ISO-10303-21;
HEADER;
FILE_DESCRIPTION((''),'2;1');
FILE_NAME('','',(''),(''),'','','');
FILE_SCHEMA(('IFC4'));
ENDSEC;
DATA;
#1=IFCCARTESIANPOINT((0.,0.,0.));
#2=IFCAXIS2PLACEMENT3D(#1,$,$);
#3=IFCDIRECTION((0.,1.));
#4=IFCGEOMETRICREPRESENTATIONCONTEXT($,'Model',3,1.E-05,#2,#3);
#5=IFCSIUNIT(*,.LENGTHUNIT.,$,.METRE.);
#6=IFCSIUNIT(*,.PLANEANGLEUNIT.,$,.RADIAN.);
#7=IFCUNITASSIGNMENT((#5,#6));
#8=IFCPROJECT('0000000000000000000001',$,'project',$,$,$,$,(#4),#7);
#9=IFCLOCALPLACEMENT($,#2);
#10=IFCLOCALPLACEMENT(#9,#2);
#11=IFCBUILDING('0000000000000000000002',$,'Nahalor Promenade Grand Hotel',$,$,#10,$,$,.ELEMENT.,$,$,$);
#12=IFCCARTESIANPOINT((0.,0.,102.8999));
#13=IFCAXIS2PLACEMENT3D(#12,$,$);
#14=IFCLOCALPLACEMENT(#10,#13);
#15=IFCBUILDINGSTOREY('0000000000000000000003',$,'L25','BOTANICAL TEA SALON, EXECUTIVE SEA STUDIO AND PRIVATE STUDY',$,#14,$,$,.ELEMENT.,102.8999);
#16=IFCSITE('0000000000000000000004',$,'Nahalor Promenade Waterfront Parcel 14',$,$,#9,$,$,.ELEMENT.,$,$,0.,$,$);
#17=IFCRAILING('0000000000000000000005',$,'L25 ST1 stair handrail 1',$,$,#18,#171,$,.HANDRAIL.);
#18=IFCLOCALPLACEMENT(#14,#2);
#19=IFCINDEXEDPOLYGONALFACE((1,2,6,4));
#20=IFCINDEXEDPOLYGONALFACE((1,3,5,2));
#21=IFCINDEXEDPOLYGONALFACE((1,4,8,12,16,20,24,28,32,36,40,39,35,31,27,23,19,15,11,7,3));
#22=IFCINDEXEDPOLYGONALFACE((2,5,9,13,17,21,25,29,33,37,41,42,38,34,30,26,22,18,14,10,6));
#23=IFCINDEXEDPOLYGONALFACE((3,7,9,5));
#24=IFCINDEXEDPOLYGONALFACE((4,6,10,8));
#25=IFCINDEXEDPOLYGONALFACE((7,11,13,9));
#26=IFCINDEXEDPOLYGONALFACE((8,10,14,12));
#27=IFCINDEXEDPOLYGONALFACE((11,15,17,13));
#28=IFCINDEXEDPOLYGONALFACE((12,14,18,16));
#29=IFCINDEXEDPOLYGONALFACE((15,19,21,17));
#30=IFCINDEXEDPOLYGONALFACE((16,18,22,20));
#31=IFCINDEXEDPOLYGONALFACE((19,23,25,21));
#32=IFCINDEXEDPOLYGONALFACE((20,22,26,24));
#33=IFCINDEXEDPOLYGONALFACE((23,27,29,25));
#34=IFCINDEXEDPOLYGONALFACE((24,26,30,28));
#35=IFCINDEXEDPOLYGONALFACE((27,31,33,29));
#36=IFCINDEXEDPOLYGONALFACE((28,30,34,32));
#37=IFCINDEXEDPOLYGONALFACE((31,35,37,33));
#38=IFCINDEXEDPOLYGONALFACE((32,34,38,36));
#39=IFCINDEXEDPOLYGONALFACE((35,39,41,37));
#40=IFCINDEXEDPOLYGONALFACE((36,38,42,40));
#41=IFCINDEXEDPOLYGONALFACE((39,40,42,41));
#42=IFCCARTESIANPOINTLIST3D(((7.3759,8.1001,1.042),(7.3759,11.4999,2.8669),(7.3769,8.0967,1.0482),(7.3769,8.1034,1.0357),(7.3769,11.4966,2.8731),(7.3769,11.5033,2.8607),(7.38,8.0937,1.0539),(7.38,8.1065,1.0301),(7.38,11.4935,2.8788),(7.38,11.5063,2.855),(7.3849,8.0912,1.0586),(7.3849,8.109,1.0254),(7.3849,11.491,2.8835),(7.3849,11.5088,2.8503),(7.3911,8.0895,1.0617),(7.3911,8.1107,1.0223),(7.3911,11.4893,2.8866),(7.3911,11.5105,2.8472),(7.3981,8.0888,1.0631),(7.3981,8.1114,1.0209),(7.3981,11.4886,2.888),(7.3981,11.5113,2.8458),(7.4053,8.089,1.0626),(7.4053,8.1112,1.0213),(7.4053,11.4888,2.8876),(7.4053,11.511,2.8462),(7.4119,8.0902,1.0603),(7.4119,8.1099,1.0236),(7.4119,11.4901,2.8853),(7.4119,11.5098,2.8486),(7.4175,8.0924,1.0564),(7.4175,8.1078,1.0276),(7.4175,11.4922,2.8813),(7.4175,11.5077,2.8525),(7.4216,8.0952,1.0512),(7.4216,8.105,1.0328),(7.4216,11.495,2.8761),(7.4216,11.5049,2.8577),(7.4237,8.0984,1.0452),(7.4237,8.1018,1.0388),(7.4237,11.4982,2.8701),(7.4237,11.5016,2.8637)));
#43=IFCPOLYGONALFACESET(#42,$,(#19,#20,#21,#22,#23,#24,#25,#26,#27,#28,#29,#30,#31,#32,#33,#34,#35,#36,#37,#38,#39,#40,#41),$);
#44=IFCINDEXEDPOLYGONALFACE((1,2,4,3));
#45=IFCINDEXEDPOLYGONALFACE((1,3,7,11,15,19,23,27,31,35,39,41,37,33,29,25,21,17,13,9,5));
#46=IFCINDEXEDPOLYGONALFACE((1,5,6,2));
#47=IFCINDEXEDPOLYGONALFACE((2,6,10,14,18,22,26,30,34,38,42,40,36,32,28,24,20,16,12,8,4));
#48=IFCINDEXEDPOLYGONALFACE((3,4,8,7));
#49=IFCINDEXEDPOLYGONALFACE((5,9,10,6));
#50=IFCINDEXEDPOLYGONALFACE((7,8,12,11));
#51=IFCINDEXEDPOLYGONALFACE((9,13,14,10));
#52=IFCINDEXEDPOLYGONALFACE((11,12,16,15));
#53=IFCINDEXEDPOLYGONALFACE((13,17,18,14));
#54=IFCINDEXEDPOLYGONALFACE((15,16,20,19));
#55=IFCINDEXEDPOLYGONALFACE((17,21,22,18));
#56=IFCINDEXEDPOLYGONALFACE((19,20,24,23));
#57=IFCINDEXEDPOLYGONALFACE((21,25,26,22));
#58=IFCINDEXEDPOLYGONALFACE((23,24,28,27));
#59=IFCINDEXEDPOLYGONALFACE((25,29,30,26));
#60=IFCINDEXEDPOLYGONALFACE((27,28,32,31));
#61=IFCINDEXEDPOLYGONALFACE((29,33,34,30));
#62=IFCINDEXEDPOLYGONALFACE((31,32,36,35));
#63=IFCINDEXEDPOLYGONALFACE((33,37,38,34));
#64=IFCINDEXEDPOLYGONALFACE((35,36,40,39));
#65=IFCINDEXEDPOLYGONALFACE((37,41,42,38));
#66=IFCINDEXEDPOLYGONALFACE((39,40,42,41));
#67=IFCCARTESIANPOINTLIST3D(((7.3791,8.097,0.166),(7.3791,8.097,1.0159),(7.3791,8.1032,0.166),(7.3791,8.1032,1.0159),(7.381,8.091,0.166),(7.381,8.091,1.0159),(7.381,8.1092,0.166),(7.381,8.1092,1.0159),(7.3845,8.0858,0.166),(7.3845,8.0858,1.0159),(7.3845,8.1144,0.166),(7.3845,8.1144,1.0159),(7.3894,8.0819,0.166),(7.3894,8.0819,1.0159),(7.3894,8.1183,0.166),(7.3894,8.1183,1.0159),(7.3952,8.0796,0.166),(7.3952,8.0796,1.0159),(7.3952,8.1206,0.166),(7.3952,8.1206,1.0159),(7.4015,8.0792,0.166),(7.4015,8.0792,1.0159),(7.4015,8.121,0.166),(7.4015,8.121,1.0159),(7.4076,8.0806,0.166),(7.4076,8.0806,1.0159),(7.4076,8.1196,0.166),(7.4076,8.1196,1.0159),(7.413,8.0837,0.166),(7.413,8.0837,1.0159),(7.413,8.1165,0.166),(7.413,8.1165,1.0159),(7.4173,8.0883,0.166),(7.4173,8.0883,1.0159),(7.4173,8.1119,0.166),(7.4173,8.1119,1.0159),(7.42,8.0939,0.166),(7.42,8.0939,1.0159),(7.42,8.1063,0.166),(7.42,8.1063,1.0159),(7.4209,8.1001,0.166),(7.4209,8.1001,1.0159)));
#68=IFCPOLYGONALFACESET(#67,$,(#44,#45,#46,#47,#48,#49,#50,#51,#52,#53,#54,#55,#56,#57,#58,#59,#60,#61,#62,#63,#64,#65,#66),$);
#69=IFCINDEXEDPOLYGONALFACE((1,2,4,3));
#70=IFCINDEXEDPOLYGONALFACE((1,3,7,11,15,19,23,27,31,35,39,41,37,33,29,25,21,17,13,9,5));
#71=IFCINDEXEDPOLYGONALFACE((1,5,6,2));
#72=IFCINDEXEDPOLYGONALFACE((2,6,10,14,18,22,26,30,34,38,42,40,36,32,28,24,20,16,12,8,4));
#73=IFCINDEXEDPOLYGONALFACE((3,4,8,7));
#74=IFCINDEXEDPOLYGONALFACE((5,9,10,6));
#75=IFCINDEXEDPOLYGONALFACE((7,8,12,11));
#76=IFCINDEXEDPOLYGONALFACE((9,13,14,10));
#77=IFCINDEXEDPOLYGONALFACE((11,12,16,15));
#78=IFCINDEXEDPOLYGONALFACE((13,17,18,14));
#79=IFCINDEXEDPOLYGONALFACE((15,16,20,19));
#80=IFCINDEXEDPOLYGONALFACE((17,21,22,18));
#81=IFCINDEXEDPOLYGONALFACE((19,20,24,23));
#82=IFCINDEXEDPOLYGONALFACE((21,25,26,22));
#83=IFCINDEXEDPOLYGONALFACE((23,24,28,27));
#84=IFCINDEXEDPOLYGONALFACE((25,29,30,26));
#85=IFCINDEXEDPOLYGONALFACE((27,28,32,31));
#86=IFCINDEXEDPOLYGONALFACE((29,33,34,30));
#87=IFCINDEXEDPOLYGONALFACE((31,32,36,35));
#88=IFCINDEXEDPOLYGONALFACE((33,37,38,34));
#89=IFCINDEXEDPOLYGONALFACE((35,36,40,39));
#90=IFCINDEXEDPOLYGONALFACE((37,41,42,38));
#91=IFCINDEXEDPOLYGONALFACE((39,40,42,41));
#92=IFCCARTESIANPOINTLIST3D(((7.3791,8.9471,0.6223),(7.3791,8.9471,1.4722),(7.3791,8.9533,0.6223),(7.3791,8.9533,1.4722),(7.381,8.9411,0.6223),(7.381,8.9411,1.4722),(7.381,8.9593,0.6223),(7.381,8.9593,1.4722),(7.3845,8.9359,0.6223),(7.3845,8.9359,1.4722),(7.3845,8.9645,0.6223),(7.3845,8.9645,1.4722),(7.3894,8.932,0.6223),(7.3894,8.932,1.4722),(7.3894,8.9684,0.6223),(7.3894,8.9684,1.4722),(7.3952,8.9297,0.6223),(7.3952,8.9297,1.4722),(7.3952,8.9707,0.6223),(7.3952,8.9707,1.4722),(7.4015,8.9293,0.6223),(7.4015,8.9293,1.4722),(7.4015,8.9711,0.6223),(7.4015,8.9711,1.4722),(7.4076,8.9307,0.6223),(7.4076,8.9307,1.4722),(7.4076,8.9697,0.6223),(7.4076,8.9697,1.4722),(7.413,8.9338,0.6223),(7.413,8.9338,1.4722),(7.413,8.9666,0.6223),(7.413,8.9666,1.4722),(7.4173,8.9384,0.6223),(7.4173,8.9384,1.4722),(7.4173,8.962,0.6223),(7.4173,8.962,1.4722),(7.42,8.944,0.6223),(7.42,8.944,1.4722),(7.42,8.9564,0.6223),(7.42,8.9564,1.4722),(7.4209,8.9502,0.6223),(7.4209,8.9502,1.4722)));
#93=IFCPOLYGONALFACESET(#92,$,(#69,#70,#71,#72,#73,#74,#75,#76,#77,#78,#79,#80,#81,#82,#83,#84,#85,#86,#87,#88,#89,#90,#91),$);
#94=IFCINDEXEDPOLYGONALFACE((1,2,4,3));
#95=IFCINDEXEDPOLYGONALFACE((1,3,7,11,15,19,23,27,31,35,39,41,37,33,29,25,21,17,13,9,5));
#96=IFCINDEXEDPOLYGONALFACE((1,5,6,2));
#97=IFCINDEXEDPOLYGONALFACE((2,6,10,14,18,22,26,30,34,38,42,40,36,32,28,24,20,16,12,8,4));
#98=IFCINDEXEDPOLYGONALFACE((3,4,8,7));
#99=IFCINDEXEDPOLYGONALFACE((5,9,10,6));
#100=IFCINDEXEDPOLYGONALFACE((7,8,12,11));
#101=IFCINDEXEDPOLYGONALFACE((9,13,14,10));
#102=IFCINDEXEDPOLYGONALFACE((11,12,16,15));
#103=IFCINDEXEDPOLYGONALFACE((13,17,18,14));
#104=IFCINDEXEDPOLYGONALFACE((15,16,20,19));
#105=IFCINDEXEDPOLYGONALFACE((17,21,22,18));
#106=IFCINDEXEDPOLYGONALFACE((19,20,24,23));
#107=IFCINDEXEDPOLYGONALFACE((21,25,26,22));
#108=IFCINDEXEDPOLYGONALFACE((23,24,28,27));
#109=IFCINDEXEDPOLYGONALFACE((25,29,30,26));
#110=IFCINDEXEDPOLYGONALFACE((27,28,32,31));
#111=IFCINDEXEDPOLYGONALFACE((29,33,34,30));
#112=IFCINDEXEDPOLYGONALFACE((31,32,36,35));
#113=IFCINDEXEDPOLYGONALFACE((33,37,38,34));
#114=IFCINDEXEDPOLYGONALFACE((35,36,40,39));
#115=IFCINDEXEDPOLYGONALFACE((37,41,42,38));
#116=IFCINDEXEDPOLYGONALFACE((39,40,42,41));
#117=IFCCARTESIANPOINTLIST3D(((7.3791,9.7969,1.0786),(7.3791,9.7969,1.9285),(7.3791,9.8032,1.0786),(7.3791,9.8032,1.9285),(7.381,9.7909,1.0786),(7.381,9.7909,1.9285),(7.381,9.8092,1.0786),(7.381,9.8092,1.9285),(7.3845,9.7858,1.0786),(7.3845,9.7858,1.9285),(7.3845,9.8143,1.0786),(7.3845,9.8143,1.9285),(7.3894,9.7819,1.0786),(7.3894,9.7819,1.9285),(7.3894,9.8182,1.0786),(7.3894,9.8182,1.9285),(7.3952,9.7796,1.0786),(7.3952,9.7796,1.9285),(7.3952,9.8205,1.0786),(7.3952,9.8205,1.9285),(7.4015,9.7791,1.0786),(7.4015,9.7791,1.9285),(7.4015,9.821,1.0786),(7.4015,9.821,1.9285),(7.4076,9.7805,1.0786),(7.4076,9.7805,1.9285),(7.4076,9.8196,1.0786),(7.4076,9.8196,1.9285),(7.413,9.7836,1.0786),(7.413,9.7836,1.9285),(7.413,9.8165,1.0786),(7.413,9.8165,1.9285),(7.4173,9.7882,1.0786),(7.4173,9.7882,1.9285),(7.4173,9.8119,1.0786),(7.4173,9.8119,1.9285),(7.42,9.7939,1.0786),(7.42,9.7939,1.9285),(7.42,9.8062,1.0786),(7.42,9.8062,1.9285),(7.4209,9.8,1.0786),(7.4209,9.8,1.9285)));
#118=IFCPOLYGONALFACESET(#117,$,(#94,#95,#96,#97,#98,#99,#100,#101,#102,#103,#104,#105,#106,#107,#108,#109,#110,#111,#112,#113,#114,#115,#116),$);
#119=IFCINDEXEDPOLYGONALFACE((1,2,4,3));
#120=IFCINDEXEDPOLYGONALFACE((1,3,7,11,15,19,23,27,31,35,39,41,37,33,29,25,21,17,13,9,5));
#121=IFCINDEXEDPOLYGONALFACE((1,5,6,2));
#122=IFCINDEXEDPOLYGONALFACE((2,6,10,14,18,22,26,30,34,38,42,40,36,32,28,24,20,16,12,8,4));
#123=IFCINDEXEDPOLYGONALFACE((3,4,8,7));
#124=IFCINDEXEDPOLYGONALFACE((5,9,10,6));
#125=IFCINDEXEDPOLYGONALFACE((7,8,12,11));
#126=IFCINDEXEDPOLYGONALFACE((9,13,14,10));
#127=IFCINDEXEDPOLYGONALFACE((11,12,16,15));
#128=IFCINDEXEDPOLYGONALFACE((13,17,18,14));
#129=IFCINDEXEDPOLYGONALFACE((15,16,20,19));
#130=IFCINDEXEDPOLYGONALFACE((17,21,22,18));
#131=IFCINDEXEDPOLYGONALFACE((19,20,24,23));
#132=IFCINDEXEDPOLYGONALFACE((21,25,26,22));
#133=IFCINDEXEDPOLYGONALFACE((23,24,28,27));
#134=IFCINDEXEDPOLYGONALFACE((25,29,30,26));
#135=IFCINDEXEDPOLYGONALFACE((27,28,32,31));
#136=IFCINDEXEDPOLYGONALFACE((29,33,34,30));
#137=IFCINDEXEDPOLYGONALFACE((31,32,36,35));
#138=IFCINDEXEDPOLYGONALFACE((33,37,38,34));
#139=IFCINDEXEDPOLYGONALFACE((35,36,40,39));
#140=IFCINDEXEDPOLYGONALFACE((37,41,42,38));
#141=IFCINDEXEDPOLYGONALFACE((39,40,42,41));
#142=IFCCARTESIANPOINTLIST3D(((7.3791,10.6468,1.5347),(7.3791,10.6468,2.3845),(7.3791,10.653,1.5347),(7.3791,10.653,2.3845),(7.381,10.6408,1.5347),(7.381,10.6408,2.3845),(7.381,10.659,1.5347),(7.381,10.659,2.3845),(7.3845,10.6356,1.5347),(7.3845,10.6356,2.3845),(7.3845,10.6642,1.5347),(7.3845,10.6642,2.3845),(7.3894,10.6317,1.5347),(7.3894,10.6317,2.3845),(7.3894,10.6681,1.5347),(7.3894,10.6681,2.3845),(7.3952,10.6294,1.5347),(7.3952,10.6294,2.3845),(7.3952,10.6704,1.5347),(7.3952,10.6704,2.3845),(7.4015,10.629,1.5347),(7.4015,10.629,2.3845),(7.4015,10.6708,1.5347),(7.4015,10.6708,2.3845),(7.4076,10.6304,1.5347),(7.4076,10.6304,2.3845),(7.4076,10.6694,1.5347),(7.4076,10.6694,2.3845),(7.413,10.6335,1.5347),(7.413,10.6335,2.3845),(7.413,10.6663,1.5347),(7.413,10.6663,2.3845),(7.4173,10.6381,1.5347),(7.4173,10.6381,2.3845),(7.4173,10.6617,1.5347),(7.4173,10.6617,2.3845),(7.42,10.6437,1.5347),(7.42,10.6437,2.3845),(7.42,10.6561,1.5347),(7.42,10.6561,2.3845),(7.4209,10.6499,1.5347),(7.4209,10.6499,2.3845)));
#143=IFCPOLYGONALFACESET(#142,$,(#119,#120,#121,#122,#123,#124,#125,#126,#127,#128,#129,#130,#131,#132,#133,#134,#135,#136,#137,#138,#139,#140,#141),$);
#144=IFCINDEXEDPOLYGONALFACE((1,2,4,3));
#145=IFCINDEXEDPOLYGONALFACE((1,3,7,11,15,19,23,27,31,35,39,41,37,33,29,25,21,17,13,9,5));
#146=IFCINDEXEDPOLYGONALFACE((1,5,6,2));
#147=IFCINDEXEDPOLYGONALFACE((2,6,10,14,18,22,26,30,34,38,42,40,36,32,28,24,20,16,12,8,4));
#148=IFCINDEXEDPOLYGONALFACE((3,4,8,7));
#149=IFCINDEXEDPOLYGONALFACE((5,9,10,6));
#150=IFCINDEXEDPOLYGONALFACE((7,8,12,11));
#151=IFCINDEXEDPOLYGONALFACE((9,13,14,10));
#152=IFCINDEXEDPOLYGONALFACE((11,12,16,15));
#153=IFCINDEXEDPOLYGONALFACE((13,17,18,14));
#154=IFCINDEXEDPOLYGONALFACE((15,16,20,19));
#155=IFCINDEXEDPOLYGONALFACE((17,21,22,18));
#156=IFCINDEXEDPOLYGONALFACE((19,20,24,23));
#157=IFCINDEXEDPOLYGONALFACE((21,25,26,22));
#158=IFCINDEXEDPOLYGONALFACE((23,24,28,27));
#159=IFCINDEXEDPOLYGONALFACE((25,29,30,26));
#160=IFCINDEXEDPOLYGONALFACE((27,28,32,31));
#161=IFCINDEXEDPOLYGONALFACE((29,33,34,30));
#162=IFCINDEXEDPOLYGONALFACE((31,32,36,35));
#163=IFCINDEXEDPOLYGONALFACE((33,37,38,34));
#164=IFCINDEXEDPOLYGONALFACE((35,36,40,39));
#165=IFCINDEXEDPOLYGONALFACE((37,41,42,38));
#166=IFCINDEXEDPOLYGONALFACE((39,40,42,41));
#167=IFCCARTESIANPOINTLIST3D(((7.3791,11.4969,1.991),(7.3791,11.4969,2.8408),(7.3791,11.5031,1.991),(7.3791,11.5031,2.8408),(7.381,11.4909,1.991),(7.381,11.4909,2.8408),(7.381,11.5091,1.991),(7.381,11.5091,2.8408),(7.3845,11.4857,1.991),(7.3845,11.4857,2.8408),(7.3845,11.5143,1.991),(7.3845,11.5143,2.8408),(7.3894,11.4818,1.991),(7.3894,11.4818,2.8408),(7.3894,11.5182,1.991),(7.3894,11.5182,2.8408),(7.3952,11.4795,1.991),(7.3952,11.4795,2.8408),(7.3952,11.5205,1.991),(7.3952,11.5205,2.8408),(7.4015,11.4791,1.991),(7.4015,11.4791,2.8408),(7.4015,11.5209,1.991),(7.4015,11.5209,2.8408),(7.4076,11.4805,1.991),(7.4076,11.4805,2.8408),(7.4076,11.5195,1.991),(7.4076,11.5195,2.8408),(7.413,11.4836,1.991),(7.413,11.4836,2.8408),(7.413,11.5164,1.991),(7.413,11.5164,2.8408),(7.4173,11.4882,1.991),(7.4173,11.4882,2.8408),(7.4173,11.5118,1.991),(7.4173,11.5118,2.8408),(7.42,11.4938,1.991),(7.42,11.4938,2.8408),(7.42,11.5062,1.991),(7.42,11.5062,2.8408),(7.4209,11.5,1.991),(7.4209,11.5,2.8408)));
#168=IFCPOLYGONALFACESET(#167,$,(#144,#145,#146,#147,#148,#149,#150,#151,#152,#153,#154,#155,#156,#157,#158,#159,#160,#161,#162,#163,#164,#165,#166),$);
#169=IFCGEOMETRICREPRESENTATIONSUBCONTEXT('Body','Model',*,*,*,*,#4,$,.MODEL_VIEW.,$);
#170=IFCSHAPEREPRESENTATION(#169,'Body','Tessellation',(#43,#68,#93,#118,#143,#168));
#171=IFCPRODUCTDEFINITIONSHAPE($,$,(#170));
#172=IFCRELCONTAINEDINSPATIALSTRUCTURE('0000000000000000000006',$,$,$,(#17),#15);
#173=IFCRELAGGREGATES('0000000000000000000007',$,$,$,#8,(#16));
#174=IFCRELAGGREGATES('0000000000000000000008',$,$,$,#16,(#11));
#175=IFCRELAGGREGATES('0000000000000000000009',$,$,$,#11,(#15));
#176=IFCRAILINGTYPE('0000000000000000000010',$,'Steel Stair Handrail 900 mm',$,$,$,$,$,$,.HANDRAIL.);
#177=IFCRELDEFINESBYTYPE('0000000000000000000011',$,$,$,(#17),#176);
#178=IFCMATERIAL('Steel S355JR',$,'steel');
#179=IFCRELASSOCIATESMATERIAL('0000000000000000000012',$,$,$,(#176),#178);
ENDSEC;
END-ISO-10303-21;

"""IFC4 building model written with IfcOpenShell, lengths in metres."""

from ifc_helpers import new_model, si_unit, direction, frame, origin, origin_2d, place, context, subcontext, project, spatial, circle, extrude, material, type_object, element, save


model = new_model("IFC4")

# Units and contexts
model_context = context("Model", 3, precision=1e-05, world=origin(), true_north=direction((0.0, 1.0)))
body_context = subcontext(model_context, "Body", "Model", "MODEL_VIEW")
ifc_project = project(units=[si_unit("LENGTHUNIT", "METRE"), si_unit("PLANEANGLEUNIT", "RADIAN")], contexts=[model_context])

# Site, building, storey
site_placement = place(None, origin())
site = spatial("IfcSite", under=ifc_project, at=site_placement, Name="Nahalor Promenade Waterfront Parcel 14", CompositionType="ELEMENT", RefElevation=0.0)
building_placement = place(site_placement, origin())
building = spatial("IfcBuilding", under=site, at=building_placement, Name="Nahalor Promenade Grand Hotel", CompositionType="ELEMENT")
storey_placement = place(building_placement, frame((0.0, 0.0, 102.8999)))
storey = spatial("IfcBuildingStorey", under=building, at=storey_placement, Name="L25", Description="BOTANICAL TEA SALON, EXECUTIVE SEA STUDIO AND PRIVATE STUDY", CompositionType="ELEMENT", Elevation=102.8999)

# Shared definitions
ifc_material_1 = material(Name="Steel S355JR", Category="steel")

# Railing
railing_type_1 = type_object("IfcRailingType", Name="Steel Stair Handrail 900 mm", PredefinedType="HANDRAIL", material=ifc_material_1)
railing_1_placement = place(storey_placement, frame((7.3999, 8.1001, 0.166)))
element("IfcRailing", 1, at=railing_1_placement, inside=storey, type_object=railing_type_1, Name="L25 ST1 stair handrail 1", PredefinedType="HANDRAIL", context=body_context, shape_type="SweptSolid", body=[
    extrude(circle(Radius=0.024, at=origin_2d()), frame((0.0, 0.0, 0.876), z_axis=(0.0, 0.881094, 0.472941), x_axis=(-1.0, 0.0, 0.0)), (0.0, 0.0, 1.0), 3.8586),
    extrude(circle(Radius=0.021, at=origin_2d()), origin(), (0.0, 0.0, 1.0), 0.8499),
    extrude(circle(Radius=0.021, at=origin_2d()), frame((0.0, 0.8501, 0.4563)), (0.0, 0.0, 1.0), 0.8499),
    extrude(circle(Radius=0.021, at=origin_2d()), frame((0.0, 1.7, 0.9126)), (0.0, 0.0, 1.0), 0.8499),
    extrude(circle(Radius=0.021, at=origin_2d()), frame((0.0, 2.5498, 1.3687)), (0.0, 0.0, 1.0), 0.8499),
    extrude(circle(Radius=0.021, at=origin_2d()), frame((0.0, 3.3999, 1.825)), (0.0, 0.0, 1.0), 0.8499),
])

save(model, "model.ifc")
